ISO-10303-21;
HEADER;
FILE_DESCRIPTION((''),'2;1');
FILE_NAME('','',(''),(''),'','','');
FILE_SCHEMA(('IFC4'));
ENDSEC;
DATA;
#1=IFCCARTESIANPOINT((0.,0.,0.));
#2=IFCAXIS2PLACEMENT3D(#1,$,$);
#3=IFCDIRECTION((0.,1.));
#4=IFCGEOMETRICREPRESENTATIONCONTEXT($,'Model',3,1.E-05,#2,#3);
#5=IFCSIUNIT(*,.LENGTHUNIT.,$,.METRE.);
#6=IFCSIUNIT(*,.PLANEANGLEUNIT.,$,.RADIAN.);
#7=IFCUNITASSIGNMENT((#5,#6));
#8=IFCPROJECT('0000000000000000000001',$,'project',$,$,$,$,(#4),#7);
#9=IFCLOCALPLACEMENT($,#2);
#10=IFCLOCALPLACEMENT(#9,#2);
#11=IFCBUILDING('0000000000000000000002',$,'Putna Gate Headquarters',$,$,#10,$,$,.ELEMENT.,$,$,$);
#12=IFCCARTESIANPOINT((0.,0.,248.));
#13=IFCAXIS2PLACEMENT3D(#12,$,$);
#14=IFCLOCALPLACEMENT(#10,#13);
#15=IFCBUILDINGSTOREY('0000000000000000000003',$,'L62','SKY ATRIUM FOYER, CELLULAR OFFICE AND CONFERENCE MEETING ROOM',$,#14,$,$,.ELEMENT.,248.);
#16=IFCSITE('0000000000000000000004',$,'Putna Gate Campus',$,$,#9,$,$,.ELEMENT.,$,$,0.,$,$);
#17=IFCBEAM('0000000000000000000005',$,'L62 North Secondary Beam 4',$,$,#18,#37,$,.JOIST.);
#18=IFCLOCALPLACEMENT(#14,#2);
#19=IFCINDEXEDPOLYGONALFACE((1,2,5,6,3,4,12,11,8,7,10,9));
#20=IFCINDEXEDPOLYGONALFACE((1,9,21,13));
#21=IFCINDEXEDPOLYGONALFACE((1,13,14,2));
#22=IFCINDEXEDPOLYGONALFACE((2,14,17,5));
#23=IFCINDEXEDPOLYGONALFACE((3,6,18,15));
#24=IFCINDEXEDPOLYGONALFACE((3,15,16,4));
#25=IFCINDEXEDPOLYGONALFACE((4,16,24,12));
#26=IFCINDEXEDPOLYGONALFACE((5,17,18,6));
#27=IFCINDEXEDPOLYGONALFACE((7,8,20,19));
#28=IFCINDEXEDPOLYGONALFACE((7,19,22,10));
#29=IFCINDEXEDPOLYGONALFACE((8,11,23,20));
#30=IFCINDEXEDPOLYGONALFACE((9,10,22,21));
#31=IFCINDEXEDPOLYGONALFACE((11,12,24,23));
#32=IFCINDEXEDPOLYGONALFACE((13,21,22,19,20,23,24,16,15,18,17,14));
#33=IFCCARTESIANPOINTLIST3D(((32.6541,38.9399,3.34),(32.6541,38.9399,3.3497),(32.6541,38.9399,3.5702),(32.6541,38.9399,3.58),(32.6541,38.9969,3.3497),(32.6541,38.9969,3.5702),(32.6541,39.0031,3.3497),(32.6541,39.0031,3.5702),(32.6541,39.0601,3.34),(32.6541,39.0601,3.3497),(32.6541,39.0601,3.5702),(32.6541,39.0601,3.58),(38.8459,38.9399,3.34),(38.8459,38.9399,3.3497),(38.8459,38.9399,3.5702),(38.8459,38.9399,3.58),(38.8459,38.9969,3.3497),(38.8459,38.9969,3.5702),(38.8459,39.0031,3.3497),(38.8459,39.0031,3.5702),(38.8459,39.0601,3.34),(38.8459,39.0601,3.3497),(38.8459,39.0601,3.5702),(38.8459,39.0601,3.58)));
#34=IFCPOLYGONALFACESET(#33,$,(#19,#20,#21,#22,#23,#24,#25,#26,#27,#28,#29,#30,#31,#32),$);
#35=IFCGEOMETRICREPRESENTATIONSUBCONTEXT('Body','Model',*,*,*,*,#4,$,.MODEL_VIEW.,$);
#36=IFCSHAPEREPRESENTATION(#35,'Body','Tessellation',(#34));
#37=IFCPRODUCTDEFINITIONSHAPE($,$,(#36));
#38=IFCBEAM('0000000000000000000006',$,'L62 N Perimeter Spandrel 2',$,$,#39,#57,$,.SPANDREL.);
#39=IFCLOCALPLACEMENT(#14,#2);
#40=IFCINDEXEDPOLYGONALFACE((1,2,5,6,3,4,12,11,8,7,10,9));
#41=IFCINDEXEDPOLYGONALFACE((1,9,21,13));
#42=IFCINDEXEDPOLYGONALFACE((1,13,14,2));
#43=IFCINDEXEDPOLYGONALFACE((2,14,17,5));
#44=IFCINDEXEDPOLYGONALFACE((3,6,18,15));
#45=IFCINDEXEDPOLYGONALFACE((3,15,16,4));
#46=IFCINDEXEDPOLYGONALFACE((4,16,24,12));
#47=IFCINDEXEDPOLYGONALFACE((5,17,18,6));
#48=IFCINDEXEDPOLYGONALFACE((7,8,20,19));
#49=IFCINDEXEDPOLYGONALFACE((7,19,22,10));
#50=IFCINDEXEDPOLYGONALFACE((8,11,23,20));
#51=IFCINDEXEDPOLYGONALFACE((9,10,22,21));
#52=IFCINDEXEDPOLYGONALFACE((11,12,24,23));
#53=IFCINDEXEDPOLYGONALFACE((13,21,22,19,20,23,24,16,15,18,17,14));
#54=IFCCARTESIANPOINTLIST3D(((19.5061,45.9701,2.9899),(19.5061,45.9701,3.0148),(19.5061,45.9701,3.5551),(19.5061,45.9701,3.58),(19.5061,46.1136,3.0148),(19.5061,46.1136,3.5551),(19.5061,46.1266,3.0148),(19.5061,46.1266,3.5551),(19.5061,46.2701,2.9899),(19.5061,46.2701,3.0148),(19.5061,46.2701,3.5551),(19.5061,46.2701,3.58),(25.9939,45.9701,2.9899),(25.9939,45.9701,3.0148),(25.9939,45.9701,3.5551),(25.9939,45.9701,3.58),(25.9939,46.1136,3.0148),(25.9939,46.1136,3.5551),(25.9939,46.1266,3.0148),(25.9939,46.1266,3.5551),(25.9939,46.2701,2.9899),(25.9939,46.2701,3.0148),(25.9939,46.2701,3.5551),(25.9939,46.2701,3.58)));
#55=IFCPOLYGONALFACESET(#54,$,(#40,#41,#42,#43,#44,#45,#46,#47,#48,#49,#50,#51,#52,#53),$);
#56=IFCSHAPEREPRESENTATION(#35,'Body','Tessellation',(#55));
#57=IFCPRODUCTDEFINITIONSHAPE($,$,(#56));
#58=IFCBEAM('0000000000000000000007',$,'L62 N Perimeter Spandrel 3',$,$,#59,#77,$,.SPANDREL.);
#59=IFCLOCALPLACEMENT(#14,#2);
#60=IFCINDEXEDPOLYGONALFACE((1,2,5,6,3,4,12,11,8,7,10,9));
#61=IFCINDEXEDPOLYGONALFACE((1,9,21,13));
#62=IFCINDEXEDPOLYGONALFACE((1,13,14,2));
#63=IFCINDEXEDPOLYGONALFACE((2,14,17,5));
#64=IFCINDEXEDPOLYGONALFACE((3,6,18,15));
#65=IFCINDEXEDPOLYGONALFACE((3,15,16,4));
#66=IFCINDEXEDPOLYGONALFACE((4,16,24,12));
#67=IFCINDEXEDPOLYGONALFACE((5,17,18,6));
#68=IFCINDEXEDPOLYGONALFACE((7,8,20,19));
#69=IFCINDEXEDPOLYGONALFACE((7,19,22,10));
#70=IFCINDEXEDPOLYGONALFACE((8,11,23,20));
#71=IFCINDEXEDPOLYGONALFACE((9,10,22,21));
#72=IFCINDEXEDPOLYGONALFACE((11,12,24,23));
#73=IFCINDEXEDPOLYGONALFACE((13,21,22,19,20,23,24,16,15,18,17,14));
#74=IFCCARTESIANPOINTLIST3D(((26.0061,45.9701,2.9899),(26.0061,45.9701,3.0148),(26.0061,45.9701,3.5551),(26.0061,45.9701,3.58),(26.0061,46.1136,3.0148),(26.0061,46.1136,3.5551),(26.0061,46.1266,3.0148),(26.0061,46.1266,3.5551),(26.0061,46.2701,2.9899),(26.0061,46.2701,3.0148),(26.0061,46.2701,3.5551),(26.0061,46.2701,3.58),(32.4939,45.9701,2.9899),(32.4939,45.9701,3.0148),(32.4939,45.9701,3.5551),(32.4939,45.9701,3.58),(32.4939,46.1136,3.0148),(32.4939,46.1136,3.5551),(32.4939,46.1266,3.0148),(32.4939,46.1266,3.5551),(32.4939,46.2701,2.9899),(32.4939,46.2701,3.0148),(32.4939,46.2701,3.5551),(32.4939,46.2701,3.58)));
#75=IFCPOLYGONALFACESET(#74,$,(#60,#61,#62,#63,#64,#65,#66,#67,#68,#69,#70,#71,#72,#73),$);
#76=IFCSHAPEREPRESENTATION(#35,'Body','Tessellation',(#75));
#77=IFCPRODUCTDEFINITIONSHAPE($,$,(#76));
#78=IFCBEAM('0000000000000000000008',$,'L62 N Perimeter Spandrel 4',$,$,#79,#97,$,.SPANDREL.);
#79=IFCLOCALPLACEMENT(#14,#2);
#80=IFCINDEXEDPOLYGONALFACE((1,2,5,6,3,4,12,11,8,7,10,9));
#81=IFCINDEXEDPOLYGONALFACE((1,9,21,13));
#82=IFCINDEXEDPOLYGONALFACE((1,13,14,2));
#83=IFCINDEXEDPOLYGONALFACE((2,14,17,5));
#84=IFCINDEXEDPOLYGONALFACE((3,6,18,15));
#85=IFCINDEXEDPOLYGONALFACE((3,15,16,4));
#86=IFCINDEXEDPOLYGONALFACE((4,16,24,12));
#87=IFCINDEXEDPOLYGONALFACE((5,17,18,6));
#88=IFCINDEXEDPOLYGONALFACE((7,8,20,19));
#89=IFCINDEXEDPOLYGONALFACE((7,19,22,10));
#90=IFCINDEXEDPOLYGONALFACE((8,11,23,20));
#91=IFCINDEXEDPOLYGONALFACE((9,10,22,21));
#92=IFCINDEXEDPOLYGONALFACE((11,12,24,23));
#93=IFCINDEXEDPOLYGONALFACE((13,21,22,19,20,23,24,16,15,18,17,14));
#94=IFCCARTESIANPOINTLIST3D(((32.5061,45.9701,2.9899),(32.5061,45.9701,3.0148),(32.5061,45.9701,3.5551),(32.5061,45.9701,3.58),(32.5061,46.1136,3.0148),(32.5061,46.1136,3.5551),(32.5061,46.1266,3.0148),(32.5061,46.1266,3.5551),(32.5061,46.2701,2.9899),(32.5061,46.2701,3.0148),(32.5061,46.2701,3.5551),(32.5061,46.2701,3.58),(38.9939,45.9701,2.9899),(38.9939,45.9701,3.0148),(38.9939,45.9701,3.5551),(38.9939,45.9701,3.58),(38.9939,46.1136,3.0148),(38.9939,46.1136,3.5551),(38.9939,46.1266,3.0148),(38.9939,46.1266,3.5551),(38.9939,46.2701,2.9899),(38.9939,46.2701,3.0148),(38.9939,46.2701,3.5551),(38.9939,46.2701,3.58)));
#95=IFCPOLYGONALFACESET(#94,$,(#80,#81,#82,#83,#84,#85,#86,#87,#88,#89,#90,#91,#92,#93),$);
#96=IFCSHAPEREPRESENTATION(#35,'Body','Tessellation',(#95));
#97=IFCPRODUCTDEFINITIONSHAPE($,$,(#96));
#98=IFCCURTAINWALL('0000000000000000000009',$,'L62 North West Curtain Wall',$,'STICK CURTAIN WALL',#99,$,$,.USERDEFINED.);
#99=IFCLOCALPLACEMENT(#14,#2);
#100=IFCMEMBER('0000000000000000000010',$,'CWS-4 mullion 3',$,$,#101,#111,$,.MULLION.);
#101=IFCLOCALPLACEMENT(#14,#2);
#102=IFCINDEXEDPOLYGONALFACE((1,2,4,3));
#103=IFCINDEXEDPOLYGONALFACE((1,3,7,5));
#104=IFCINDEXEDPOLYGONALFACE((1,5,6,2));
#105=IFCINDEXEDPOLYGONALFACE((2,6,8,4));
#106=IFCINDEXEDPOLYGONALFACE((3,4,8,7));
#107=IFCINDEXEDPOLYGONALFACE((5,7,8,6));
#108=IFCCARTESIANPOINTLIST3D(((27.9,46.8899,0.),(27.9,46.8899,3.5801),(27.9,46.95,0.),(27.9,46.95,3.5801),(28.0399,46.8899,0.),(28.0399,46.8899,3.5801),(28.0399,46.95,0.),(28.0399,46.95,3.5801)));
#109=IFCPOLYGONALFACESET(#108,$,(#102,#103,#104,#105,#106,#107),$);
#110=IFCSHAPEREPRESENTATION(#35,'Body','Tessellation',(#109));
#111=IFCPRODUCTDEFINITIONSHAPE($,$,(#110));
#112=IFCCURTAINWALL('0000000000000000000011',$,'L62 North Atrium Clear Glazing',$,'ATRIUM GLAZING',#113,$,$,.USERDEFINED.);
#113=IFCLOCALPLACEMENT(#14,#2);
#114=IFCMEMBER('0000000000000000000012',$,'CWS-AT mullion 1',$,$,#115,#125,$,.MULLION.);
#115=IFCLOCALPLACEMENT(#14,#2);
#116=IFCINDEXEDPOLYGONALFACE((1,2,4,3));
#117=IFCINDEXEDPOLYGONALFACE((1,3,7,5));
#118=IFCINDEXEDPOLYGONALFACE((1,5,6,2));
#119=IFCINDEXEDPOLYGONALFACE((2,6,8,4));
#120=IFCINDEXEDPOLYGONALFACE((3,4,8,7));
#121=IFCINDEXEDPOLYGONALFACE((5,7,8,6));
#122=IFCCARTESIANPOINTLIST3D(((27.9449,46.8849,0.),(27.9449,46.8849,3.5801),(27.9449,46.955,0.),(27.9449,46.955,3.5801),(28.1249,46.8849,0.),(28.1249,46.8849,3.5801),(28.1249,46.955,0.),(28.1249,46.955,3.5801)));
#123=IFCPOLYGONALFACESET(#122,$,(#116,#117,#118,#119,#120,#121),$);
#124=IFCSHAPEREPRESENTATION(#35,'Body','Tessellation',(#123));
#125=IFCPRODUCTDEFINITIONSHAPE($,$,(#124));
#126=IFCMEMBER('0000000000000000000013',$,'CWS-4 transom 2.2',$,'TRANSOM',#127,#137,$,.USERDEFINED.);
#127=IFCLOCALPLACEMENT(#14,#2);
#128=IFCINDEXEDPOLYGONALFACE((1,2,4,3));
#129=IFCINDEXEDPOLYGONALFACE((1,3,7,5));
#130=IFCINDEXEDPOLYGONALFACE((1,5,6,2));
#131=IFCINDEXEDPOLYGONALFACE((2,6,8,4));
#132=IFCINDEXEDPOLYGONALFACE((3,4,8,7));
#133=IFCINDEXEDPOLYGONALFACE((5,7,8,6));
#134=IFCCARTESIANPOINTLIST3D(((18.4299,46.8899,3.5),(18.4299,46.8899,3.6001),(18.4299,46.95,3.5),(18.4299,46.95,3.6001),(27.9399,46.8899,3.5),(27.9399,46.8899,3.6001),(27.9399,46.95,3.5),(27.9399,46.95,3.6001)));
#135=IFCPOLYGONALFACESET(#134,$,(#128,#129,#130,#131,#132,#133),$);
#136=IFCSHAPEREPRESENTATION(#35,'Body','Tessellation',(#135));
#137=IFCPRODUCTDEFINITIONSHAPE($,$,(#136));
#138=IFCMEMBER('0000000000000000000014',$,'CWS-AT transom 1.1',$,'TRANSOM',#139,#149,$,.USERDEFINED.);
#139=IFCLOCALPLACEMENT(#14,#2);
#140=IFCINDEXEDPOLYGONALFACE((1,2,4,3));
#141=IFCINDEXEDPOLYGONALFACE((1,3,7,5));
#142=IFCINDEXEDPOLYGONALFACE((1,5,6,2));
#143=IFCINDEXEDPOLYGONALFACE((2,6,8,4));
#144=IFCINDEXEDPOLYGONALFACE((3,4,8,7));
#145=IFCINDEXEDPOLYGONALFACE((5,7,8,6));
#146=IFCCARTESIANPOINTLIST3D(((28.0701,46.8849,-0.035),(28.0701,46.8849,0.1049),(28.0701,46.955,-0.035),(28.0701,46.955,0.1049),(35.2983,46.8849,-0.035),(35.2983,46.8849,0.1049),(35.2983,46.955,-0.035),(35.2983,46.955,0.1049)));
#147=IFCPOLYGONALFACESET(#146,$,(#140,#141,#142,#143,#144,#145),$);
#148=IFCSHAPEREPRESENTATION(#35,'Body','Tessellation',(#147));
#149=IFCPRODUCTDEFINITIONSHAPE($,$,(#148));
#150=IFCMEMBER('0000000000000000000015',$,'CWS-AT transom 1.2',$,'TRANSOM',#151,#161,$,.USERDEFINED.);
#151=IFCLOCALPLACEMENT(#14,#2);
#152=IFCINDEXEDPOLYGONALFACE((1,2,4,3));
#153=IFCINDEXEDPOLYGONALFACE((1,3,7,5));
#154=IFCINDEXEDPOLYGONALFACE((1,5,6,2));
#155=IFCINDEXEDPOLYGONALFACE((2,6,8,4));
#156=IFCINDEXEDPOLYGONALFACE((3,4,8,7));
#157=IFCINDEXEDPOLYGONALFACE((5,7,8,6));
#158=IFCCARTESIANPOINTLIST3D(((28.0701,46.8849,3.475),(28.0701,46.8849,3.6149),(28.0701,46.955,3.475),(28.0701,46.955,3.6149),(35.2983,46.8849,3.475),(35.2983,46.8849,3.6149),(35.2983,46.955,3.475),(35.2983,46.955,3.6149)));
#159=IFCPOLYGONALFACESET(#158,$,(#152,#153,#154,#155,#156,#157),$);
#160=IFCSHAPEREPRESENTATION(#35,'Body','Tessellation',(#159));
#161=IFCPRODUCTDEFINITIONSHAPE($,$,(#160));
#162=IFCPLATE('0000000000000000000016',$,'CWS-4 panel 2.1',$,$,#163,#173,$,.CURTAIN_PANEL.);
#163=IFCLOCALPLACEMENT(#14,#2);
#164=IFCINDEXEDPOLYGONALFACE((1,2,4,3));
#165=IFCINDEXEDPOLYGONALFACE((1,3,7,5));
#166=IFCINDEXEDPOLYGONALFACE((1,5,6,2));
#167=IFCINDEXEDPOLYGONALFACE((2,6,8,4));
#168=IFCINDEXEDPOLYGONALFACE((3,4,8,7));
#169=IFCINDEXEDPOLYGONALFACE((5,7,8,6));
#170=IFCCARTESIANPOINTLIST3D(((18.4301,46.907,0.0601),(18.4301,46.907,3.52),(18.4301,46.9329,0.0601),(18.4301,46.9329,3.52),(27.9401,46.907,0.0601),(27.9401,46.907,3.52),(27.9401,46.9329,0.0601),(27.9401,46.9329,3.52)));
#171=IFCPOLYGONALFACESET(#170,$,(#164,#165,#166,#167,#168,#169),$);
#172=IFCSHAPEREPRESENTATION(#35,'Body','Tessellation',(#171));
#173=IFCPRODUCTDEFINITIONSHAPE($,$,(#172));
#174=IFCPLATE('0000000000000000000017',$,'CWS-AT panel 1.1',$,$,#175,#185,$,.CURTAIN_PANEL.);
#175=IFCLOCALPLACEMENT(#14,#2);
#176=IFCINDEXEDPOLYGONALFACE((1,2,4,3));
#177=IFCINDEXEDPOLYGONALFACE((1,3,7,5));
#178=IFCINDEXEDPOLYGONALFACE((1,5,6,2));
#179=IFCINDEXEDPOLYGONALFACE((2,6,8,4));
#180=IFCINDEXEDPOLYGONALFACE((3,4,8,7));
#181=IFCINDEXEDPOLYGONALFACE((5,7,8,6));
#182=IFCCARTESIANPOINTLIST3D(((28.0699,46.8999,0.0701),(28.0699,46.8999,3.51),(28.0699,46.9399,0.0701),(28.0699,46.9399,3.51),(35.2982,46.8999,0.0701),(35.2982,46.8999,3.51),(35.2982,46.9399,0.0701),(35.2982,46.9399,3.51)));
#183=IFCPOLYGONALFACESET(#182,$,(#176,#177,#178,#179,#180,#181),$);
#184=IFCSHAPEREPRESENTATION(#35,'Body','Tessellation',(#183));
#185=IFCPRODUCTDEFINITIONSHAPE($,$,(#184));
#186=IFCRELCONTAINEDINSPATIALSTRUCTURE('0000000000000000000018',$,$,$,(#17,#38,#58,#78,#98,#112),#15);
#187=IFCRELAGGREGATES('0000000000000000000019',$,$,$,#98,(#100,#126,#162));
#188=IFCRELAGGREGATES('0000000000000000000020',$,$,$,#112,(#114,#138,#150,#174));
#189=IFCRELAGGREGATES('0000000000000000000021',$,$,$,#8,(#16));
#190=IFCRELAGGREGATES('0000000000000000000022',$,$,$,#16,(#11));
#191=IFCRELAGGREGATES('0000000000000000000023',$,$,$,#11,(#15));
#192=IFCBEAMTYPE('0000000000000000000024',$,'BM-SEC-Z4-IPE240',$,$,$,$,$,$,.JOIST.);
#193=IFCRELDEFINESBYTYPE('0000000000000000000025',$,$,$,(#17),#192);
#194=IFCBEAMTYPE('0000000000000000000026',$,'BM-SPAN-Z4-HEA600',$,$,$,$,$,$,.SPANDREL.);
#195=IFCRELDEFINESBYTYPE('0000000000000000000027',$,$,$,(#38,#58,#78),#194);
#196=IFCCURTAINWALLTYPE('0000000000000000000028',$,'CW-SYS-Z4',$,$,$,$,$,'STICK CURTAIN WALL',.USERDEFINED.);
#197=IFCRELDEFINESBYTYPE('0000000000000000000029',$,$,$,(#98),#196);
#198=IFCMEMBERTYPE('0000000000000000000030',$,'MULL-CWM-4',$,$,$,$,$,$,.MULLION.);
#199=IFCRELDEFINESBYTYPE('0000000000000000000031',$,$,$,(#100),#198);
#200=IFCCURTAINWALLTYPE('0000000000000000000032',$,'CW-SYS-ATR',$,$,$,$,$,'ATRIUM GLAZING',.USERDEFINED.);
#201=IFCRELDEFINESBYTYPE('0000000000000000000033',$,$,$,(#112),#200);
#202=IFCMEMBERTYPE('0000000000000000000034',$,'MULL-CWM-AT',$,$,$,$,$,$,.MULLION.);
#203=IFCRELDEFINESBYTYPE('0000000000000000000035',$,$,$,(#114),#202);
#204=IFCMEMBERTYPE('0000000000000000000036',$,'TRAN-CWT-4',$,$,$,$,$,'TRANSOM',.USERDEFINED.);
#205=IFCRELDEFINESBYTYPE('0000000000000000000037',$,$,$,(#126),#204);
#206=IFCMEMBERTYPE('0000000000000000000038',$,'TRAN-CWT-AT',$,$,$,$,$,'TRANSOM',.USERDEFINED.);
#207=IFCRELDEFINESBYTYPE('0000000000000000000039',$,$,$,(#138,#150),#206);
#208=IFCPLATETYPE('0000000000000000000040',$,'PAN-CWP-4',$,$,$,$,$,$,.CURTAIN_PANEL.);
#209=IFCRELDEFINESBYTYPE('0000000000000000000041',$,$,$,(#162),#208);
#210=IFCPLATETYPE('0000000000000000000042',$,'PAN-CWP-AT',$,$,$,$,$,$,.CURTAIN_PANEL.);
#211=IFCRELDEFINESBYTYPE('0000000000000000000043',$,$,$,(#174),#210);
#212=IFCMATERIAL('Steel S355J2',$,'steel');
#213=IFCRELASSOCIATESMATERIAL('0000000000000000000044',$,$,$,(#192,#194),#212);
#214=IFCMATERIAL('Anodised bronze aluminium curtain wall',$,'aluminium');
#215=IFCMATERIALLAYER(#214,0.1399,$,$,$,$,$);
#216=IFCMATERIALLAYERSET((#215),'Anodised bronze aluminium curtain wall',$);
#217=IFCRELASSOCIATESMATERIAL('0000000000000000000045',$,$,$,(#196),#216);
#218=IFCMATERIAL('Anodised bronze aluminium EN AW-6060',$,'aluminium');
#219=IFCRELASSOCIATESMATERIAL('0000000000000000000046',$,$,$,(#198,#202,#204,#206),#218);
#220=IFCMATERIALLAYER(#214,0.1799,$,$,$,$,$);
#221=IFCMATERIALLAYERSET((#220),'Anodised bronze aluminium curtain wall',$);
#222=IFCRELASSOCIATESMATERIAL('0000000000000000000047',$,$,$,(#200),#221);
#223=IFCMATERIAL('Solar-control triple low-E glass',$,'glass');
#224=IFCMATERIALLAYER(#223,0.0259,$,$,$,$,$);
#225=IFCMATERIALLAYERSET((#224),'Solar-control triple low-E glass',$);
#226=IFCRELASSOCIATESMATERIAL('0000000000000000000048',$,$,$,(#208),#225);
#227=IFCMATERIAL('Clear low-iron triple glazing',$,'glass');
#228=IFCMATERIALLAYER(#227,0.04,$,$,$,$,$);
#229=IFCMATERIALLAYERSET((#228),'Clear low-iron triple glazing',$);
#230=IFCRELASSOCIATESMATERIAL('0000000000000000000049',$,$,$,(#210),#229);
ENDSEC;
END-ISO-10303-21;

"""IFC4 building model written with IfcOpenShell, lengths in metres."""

from ifc_helpers import new_model, si_unit, direction, frame, origin, origin_2d, place, context, subcontext, project, spatial, rectangle, i_section, extrude, material, layer, layer_set, material_profile, profile_set, type_object, element, aggregate, save


model = new_model("IFC4")

# Units and contexts
model_context = context("Model", 3, precision=1e-05, world=origin(), true_north=direction((0.0, 1.0)))
body_context = subcontext(model_context, "Body", "Model", "MODEL_VIEW")
ifc_project = project(units=[si_unit("LENGTHUNIT", "METRE"), si_unit("PLANEANGLEUNIT", "RADIAN")], contexts=[model_context])

# Site, building, storey
site_placement = place(None, origin())
site = spatial("IfcSite", under=ifc_project, at=site_placement, Name="Putna Gate Campus", CompositionType="ELEMENT", RefElevation=0.0)
building_placement = place(site_placement, origin())
building = spatial("IfcBuilding", under=site, at=building_placement, Name="Putna Gate Headquarters", CompositionType="ELEMENT")
storey_placement = place(building_placement, frame((0.0, 0.0, 248.0)))
storey = spatial("IfcBuildingStorey", under=building, at=storey_placement, Name="L62", Description="SKY ATRIUM FOYER, CELLULAR OFFICE AND CONFERENCE MEETING ROOM", CompositionType="ELEMENT", Elevation=248.0)

# Beams
ifc_material_1 = material(Name="Steel S355J2", Category="steel")
ifc_material_profile_1 = material_profile(ifc_material_1, i_section(OverallWidth=0.1201, OverallDepth=0.24, WebThickness=0.0061, FlangeThickness=0.0098, at=origin_2d()), Name="Steel S355J2")
ifc_profile_set_1 = profile_set([ifc_material_profile_1], Name="Steel S355J2")
beam_type_1 = type_object("IfcBeamType", Name="BM-SEC-Z4-IPE240", PredefinedType="JOIST", material=ifc_profile_set_1)
beam_1_placement = place(storey_placement, frame((32.6541, 39.0, 3.46), z_axis=(1.0, 0.0, 0.0), x_axis=(0.0, 1.0, 0.0)))
element("IfcBeam", 1, at=beam_1_placement, inside=storey, type_object=beam_type_1, Name="L62 North Secondary Beam 4", PredefinedType="JOIST", context=body_context, shape_type="SweptSolid", body=[
    extrude(i_section(OverallWidth=0.1201, OverallDepth=0.24, WebThickness=0.0061, FlangeThickness=0.0098, at=origin_2d()), origin(), (0.0, 0.0, 1.0), 6.1919),
])
ifc_material_profile_2 = material_profile(ifc_material_1, i_section(OverallWidth=0.3, OverallDepth=0.5901, WebThickness=0.0129, FlangeThickness=0.0249, at=origin_2d()), Name="Steel S355J2")
ifc_profile_set_2 = profile_set([ifc_material_profile_2], Name="Steel S355J2")
beam_type_2 = type_object("IfcBeamType", Name="BM-SPAN-Z4-HEA600", PredefinedType="SPANDREL", material=ifc_profile_set_2)
for number, where, z_axis, x_axis, name in (
    (2, (19.5061, 46.1201, 3.2849), (1.0, 0.0, 0.0), (0.0, 1.0, 0.0), "L62 N Perimeter Spandrel 2"),
    (3, (26.0061, 46.1201, 3.2849), (1.0, 0.0, 0.0), (0.0, 1.0, 0.0), "L62 N Perimeter Spandrel 3"),
    (4, (32.5061, 46.1201, 3.2849), (1.0, 0.0, 0.0), (0.0, 1.0, 0.0), "L62 N Perimeter Spandrel 4"),
):
    element("IfcBeam", number, at=place(storey_placement, frame(where, z_axis=z_axis, x_axis=x_axis)), inside=storey, type_object=beam_type_2, Name=name, PredefinedType="SPANDREL", context=body_context, shape_type="SweptSolid", body=[
        extrude(i_section(OverallWidth=0.3, OverallDepth=0.5901, WebThickness=0.0129, FlangeThickness=0.0249, at=origin_2d()), origin(), (0.0, 0.0, 1.0), 6.4878),
    ])

# Curtain walls, members
ifc_material_2 = material(Name="Anodised bronze aluminium curtain wall", Category="aluminium")
ifc_layer_1 = layer(ifc_material_2, 0.1399)
ifc_layer_set_1 = layer_set([ifc_layer_1], Name="Anodised bronze aluminium curtain wall")
curtain_wall_type_1 = type_object("IfcCurtainWallType", Name="CW-SYS-Z4", ElementType="STICK CURTAIN WALL", PredefinedType="USERDEFINED", material=ifc_layer_set_1)
curtain_wall_1_placement = place(storey_placement, origin())
curtain_wall_1 = element("IfcCurtainWall", 5, at=curtain_wall_1_placement, inside=storey, type_object=curtain_wall_type_1, Name="L62 North West Curtain Wall", ObjectType="STICK CURTAIN WALL", PredefinedType="USERDEFINED")
ifc_material_3 = material(Name="Anodised bronze aluminium EN AW-6060", Category="aluminium")
ifc_material_profile_3 = material_profile(ifc_material_3, rectangle(XDim=0.0601, YDim=0.1399, at=origin_2d()), Name="Anodised bronze aluminium EN AW-6060")
ifc_profile_set_3 = profile_set([ifc_material_profile_3], Name="Anodised bronze aluminium EN AW-6060")
member_type_1 = type_object("IfcMemberType", Name="MULL-CWM-4", PredefinedType="MULLION", material=ifc_profile_set_3)
member_1_placement = place(storey_placement, frame((27.97, 46.9199, 0.0), z_axis=(0.0, 0.0, 1.0), x_axis=(0.0, 1.0, 0.0)))
member_1 = element("IfcMember", 6, at=member_1_placement, type_object=member_type_1, Name="CWS-4 mullion 3", PredefinedType="MULLION", context=body_context, shape_type="SweptSolid", body=[
    extrude(rectangle(XDim=0.0601, YDim=0.1399, at=origin_2d()), origin(), (0.0, 0.0, 1.0), 3.5801),
])
ifc_layer_2 = layer(ifc_material_2, 0.1799)
ifc_layer_set_2 = layer_set([ifc_layer_2], Name="Anodised bronze aluminium curtain wall")
curtain_wall_type_2 = type_object("IfcCurtainWallType", Name="CW-SYS-ATR", ElementType="ATRIUM GLAZING", PredefinedType="USERDEFINED", material=ifc_layer_set_2)
curtain_wall_2_placement = place(storey_placement, origin())
curtain_wall_2 = element("IfcCurtainWall", 7, at=curtain_wall_2_placement, inside=storey, type_object=curtain_wall_type_2, Name="L62 North Atrium Clear Glazing", ObjectType="ATRIUM GLAZING", PredefinedType="USERDEFINED")
ifc_material_profile_4 = material_profile(ifc_material_3, rectangle(XDim=0.0701, YDim=0.1799, at=origin_2d()), Name="Anodised bronze aluminium EN AW-6060")
ifc_profile_set_4 = profile_set([ifc_material_profile_4], Name="Anodised bronze aluminium EN AW-6060")
member_type_2 = type_object("IfcMemberType", Name="MULL-CWM-AT", PredefinedType="MULLION", material=ifc_profile_set_4)
member_2_placement = place(storey_placement, frame((28.0349, 46.9199, 0.0), z_axis=(0.0, 0.0, 1.0), x_axis=(0.0, 1.0, 0.0)))
member_2 = element("IfcMember", 8, at=member_2_placement, type_object=member_type_2, Name="CWS-AT mullion 1", PredefinedType="MULLION", context=body_context, shape_type="SweptSolid", body=[
    extrude(rectangle(XDim=0.0701, YDim=0.1799, at=origin_2d()), origin(), (0.0, 0.0, 1.0), 3.5801),
])

# Members
ifc_material_profile_5 = material_profile(ifc_material_3, rectangle(XDim=0.0601, YDim=0.1001, at=origin_2d()), Name="Anodised bronze aluminium EN AW-6060")
ifc_profile_set_5 = profile_set([ifc_material_profile_5], Name="Anodised bronze aluminium EN AW-6060")
member_type_3 = type_object("IfcMemberType", Name="TRAN-CWT-4", ElementType="TRANSOM", PredefinedType="USERDEFINED", material=ifc_profile_set_5)
member_3_placement = place(storey_placement, frame((18.4299, 46.9199, 3.55), z_axis=(1.0, 0.0, 0.0), x_axis=(0.0, 1.0, 0.0)))
member_3 = element("IfcMember", 9, at=member_3_placement, type_object=member_type_3, Name="CWS-4 transom 2.2", ObjectType="TRANSOM", PredefinedType="USERDEFINED", context=body_context, shape_type="SweptSolid", body=[
    extrude(rectangle(XDim=0.0601, YDim=0.1001, at=origin_2d()), origin(), (0.0, 0.0, 1.0), 9.51),
])
ifc_material_profile_6 = material_profile(ifc_material_3, rectangle(XDim=0.0701, YDim=0.1399, at=origin_2d()), Name="Anodised bronze aluminium EN AW-6060")
ifc_profile_set_6 = profile_set([ifc_material_profile_6], Name="Anodised bronze aluminium EN AW-6060")
member_type_4 = type_object("IfcMemberType", Name="TRAN-CWT-AT", ElementType="TRANSOM", PredefinedType="USERDEFINED", material=ifc_profile_set_6)
member_4_placement = place(storey_placement, frame((28.0701, 46.9199, 0.0349), z_axis=(1.0, 0.0, 0.0), x_axis=(0.0, 1.0, 0.0)))
member_4 = element("IfcMember", 10, at=member_4_placement, type_object=member_type_4, Name="CWS-AT transom 1.1", ObjectType="TRANSOM", PredefinedType="USERDEFINED", context=body_context, shape_type="SweptSolid", body=[
    extrude(rectangle(XDim=0.0701, YDim=0.1399, at=origin_2d()), origin(), (0.0, 0.0, 1.0), 7.2283),
])
member_5_placement = place(storey_placement, frame((28.0701, 46.9199, 3.5449), z_axis=(1.0, 0.0, 0.0), x_axis=(0.0, 1.0, 0.0)))
member_5 = element("IfcMember", 11, at=member_5_placement, type_object=member_type_4, Name="CWS-AT transom 1.2", ObjectType="TRANSOM", PredefinedType="USERDEFINED", context=body_context, shape_type="SweptSolid", body=[
    extrude(rectangle(XDim=0.0701, YDim=0.1399, at=origin_2d()), origin(), (0.0, 0.0, 1.0), 7.2283),
])

# Plates
ifc_material_4 = material(Name="Solar-control triple low-E glass", Category="glass")
ifc_layer_3 = layer(ifc_material_4, 0.0259)
ifc_layer_set_3 = layer_set([ifc_layer_3], Name="Solar-control triple low-E glass")
plate_type_1 = type_object("IfcPlateType", Name="PAN-CWP-4", PredefinedType="CURTAIN_PANEL", material=ifc_layer_set_3)
plate_1_placement = place(storey_placement, frame((23.1851, 46.9199, 0.0601), z_axis=(0.0, 0.0, 1.0), x_axis=(1.0, 0.0, 0.0)))
plate_1 = element("IfcPlate", 12, at=plate_1_placement, type_object=plate_type_1, Name="CWS-4 panel 2.1", PredefinedType="CURTAIN_PANEL", context=body_context, shape_type="SweptSolid", body=[
    extrude(rectangle(XDim=9.51, YDim=0.0259, at=origin_2d()), origin(), (0.0, 0.0, 1.0), 3.46),
])
aggregate(curtain_wall_1, [member_1, member_3, plate_1])
ifc_material_5 = material(Name="Clear low-iron triple glazing", Category="glass")
ifc_layer_4 = layer(ifc_material_5, 0.04)
ifc_layer_set_4 = layer_set([ifc_layer_4], Name="Clear low-iron triple glazing")
plate_type_2 = type_object("IfcPlateType", Name="PAN-CWP-AT", PredefinedType="CURTAIN_PANEL", material=ifc_layer_set_4)
plate_2_placement = place(storey_placement, frame((31.6841, 46.9199, 0.0701), z_axis=(0.0, 0.0, 1.0), x_axis=(1.0, 0.0, 0.0)))
plate_2 = element("IfcPlate", 13, at=plate_2_placement, type_object=plate_type_2, Name="CWS-AT panel 1.1", PredefinedType="CURTAIN_PANEL", context=body_context, shape_type="SweptSolid", body=[
    extrude(rectangle(XDim=7.2283, YDim=0.04, at=origin_2d()), origin(), (0.0, 0.0, 1.0), 3.4399),
])
aggregate(curtain_wall_2, [member_2, member_4, member_5, plate_2])

save(model, "model.ifc")
